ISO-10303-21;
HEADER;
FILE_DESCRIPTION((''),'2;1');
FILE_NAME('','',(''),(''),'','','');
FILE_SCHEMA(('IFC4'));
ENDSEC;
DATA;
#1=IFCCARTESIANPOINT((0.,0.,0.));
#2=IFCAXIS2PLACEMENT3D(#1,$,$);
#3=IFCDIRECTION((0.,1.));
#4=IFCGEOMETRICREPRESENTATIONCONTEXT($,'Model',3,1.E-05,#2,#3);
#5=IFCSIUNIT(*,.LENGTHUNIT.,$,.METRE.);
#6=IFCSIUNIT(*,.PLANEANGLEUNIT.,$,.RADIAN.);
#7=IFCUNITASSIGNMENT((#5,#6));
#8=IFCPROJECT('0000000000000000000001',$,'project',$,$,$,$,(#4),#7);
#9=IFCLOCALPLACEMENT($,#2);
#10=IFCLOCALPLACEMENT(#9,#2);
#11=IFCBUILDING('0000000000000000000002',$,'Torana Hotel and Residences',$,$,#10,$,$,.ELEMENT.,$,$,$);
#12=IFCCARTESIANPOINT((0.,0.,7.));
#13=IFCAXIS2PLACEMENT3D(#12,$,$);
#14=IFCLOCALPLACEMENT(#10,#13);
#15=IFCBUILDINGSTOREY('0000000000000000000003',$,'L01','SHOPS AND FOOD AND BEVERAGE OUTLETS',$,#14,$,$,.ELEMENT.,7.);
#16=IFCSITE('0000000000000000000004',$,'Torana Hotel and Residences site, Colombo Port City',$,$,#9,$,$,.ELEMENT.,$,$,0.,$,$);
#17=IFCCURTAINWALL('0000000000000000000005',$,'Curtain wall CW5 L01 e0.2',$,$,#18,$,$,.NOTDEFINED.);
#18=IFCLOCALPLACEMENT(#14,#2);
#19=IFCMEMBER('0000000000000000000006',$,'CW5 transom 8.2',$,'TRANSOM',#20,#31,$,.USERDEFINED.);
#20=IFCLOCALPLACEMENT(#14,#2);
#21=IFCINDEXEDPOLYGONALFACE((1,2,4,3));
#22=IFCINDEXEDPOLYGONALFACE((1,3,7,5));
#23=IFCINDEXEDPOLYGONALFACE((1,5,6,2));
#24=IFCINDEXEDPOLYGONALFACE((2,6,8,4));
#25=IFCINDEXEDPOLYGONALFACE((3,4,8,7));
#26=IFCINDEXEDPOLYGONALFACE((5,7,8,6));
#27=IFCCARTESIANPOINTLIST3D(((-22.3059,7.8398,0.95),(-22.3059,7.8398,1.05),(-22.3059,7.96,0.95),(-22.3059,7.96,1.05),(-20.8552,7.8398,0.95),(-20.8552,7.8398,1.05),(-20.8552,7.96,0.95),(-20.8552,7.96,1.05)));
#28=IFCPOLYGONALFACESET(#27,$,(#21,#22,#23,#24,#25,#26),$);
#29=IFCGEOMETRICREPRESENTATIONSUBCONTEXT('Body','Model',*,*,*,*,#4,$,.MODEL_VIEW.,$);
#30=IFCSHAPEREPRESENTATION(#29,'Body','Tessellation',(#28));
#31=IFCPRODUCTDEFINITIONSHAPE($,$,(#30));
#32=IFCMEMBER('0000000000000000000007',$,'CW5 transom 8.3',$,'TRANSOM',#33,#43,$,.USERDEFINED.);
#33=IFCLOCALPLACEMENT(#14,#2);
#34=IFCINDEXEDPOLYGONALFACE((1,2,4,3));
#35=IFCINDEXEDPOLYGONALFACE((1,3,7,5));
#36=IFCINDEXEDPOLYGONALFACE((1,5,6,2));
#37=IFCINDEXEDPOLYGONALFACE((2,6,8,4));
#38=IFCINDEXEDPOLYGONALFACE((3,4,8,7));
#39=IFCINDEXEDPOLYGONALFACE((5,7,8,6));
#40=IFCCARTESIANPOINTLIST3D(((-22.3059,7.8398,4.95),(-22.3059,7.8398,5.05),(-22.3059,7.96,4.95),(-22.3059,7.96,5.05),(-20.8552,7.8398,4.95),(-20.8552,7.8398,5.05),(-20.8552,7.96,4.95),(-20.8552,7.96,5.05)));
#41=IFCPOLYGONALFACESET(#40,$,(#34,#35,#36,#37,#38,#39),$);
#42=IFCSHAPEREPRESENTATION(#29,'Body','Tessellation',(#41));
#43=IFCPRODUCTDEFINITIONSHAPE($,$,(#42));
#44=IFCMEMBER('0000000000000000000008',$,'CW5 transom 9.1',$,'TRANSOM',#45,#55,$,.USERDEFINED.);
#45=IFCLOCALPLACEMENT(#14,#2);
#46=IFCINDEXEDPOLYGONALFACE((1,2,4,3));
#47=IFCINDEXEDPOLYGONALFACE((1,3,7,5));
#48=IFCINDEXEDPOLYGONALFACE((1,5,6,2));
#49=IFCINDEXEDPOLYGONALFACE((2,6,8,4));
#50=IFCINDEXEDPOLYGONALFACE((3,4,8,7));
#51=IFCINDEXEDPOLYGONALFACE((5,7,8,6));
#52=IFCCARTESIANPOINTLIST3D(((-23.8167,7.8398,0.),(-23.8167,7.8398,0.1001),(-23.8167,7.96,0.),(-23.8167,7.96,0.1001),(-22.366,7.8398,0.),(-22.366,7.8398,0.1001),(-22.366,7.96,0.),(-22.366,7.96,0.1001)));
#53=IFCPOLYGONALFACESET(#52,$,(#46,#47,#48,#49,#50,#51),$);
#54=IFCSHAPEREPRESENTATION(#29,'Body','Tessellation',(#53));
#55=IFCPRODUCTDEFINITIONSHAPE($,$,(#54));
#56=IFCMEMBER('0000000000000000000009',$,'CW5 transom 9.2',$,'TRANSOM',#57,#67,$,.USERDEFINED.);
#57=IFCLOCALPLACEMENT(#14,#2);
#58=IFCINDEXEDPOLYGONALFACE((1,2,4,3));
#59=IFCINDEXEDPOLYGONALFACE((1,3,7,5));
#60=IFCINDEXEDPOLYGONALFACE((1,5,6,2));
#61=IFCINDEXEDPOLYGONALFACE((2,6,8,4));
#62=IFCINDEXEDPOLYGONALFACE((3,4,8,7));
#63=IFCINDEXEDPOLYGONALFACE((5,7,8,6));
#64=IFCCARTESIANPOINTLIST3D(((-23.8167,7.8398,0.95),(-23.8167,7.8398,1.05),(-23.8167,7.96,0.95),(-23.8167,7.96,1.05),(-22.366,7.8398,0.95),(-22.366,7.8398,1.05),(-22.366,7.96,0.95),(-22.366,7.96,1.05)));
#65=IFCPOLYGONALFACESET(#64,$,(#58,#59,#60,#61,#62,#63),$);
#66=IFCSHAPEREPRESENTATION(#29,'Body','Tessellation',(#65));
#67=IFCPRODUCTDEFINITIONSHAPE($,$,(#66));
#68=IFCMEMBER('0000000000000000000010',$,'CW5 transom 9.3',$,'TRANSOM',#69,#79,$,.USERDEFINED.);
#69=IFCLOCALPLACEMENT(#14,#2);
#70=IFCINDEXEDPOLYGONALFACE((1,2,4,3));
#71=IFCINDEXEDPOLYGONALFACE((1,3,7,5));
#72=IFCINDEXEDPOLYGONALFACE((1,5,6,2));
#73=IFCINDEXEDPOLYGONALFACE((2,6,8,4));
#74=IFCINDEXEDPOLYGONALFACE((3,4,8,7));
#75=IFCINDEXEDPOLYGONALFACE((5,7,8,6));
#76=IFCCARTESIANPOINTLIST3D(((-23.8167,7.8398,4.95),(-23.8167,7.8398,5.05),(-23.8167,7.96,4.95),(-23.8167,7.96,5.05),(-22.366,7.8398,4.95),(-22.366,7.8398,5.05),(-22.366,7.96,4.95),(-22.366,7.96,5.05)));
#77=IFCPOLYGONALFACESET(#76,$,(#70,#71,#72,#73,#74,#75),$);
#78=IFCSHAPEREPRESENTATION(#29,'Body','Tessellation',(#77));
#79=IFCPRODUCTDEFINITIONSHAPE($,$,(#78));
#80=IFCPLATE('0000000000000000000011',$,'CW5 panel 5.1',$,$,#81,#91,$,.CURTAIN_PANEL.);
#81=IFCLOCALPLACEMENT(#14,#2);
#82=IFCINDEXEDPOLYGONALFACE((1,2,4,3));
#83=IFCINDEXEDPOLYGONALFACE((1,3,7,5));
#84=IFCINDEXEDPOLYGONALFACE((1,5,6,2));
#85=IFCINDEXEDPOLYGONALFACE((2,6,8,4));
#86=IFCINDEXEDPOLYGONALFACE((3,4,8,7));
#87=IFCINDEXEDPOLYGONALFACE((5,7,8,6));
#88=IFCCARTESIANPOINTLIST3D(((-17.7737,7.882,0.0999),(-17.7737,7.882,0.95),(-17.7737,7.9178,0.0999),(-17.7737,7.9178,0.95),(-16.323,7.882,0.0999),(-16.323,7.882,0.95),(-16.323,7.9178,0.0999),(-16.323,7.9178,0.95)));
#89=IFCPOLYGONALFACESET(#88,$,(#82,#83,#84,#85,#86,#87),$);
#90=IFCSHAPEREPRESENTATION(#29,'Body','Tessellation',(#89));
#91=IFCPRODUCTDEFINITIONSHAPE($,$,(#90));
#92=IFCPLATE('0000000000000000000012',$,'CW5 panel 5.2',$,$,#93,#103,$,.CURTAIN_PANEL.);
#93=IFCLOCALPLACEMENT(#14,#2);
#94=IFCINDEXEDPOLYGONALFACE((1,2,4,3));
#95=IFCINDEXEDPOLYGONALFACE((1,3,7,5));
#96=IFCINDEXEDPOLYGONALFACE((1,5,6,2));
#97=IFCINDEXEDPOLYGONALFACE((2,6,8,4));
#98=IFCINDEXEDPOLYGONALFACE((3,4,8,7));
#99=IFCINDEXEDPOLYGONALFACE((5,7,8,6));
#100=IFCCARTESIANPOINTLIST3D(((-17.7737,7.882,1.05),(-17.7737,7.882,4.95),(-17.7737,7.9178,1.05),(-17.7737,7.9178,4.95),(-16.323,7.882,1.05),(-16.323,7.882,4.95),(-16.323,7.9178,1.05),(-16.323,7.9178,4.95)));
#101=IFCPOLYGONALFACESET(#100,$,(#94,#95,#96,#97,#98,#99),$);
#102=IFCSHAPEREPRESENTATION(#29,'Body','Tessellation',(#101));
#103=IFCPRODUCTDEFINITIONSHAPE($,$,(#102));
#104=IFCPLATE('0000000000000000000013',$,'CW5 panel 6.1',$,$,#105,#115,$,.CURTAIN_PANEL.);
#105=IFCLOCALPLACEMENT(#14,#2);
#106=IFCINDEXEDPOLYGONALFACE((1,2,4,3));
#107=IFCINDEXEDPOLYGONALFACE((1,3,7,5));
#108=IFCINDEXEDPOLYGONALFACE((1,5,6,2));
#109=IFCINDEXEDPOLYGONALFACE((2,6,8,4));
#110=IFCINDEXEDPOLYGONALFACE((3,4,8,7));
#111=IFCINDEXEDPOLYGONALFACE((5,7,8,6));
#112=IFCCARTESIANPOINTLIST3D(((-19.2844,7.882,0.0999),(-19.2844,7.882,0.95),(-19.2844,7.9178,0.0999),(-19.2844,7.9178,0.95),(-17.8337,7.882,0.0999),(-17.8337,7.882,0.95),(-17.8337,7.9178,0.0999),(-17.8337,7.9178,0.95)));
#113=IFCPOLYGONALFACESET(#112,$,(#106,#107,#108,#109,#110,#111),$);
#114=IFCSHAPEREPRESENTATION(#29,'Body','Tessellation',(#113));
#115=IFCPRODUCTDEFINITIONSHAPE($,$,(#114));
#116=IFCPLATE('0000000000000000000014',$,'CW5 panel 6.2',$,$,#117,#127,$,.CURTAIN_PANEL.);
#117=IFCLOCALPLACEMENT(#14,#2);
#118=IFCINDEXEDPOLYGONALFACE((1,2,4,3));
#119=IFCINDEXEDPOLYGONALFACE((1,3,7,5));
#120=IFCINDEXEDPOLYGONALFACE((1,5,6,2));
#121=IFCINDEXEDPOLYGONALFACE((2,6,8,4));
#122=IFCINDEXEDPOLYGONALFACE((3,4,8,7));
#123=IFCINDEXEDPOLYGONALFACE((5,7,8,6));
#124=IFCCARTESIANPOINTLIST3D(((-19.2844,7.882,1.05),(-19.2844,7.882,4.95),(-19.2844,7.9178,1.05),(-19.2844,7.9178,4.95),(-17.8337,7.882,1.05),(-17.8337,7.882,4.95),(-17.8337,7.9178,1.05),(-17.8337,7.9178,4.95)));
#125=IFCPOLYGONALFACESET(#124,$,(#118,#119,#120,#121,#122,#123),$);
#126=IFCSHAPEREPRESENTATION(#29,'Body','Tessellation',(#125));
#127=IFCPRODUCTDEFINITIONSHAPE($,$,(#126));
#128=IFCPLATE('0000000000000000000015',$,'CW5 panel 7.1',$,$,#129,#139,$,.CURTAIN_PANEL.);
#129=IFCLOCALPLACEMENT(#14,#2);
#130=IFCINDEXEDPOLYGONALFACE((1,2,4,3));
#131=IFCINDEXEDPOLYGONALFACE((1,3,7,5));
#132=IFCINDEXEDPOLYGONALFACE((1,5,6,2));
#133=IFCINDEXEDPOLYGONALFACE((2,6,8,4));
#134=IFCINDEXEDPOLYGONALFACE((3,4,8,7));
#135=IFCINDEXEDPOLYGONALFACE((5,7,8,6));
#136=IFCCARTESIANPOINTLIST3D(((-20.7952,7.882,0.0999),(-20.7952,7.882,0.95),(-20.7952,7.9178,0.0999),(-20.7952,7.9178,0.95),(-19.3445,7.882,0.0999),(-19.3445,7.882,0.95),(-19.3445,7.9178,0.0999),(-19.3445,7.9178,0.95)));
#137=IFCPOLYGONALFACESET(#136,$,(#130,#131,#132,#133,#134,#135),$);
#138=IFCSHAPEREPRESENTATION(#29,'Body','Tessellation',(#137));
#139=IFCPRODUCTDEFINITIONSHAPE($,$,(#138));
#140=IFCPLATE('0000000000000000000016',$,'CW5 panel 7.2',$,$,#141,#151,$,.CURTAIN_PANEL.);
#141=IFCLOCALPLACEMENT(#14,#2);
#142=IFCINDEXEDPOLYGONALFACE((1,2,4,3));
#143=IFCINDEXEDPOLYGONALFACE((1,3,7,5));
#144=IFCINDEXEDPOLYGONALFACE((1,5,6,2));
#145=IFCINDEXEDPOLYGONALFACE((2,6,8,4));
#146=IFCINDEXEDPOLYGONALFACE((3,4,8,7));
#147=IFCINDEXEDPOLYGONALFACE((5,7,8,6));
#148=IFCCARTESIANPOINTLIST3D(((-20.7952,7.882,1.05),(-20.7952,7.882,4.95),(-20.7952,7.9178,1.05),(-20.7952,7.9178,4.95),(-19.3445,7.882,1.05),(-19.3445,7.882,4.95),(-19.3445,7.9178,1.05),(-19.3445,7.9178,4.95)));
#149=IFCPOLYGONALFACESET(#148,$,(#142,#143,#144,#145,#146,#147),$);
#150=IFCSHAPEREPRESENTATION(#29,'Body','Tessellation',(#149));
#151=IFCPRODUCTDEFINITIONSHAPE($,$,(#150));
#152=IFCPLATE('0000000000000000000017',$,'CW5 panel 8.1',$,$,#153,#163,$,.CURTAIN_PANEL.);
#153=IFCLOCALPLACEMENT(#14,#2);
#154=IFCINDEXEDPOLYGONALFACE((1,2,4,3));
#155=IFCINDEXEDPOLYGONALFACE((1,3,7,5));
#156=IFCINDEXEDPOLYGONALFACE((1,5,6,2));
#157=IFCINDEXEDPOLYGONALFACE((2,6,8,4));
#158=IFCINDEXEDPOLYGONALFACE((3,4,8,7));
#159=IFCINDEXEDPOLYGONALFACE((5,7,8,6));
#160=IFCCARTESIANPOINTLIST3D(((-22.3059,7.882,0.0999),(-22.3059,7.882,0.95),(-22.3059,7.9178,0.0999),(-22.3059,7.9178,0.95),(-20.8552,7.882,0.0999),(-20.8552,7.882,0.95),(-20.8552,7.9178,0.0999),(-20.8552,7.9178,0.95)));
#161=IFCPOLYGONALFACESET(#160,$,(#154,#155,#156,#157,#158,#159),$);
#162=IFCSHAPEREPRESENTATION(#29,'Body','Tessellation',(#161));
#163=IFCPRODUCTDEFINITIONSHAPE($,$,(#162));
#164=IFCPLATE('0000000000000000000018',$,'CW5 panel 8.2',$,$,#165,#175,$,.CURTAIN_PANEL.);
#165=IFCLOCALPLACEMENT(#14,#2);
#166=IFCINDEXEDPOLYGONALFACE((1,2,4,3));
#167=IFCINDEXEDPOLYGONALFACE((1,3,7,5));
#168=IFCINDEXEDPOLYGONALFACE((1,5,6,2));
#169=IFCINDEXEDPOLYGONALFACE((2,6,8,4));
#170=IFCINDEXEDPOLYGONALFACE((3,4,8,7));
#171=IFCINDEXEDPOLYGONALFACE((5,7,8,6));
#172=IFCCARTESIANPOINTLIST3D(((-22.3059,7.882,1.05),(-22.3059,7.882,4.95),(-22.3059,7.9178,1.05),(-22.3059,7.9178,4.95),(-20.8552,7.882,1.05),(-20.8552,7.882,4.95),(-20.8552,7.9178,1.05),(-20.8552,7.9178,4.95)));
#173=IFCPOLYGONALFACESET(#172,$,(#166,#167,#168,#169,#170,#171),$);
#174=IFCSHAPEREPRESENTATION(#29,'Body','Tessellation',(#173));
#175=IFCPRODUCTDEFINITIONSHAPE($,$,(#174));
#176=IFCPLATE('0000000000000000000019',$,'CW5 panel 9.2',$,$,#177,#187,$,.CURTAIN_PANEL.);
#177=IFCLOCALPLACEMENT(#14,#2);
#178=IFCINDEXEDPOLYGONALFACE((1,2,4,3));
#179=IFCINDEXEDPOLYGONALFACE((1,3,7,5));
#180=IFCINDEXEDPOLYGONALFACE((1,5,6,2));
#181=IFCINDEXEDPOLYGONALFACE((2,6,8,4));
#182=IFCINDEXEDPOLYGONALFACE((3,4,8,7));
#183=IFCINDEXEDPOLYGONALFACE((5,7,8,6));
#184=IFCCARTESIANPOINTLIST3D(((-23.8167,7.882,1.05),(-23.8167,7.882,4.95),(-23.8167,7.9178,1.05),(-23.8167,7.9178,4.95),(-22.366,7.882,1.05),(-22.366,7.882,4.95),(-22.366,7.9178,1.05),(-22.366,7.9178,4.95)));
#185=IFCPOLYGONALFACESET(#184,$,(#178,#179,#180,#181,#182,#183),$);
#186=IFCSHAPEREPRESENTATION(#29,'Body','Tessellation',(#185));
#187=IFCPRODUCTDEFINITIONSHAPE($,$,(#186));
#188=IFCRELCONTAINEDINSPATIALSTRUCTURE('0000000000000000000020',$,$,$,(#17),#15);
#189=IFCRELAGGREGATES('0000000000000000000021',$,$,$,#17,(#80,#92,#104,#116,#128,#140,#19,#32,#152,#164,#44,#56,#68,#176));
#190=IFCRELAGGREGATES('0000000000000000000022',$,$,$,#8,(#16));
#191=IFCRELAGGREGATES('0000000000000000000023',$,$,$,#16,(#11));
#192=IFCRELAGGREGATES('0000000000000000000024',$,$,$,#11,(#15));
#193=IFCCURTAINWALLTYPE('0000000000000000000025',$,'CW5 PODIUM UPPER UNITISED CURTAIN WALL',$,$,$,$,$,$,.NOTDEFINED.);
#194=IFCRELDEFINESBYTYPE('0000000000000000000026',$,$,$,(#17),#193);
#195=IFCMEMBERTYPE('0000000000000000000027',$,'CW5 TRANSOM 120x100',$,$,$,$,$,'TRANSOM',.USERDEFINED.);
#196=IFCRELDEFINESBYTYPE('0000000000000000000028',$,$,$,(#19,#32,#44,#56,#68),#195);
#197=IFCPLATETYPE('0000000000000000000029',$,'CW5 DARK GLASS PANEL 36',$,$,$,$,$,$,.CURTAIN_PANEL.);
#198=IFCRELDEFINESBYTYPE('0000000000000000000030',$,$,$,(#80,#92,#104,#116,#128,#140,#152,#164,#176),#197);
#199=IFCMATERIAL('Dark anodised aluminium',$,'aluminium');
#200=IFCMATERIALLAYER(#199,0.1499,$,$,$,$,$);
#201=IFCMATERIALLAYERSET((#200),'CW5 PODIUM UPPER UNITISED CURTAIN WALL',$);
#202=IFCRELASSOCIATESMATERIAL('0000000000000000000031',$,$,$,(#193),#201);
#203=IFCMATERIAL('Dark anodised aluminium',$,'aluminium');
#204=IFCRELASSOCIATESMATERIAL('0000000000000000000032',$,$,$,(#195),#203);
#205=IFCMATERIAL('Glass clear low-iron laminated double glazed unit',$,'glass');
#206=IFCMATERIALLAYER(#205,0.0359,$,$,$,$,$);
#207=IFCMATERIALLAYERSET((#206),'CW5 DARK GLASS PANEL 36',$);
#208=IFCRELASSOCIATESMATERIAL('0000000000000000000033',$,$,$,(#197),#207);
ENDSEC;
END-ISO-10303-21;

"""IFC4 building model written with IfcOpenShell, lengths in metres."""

from ifc_helpers import new_model, si_unit, direction, frame, origin, origin_2d, place, context, subcontext, project, spatial, rectangle, extrude, material, layer, layer_set, material_profile, profile_set, type_object, element, aggregate, save


model = new_model("IFC4")

# Units and contexts
model_context = context("Model", 3, precision=1e-05, world=origin(), true_north=direction((0.0, 1.0)))
body_context = subcontext(model_context, "Body", "Model", "MODEL_VIEW")
ifc_project = project(units=[si_unit("LENGTHUNIT", "METRE"), si_unit("PLANEANGLEUNIT", "RADIAN")], contexts=[model_context])

# Site, building, storey
site_placement = place(None, origin())
site = spatial("IfcSite", under=ifc_project, at=site_placement, Name="Torana Hotel and Residences site, Colombo Port City", CompositionType="ELEMENT", RefElevation=0.0)
building_placement = place(site_placement, origin())
building = spatial("IfcBuilding", under=site, at=building_placement, Name="Torana Hotel and Residences", CompositionType="ELEMENT")
storey_placement = place(building_placement, frame((0.0, 0.0, 7.0)))
storey = spatial("IfcBuildingStorey", under=building, at=storey_placement, Name="L01", Description="SHOPS AND FOOD AND BEVERAGE OUTLETS", CompositionType="ELEMENT", Elevation=7.0)

# Curtain wall, members, plates
ifc_material_1 = material(Name="Dark anodised aluminium", Category="aluminium")
ifc_layer_1 = layer(ifc_material_1, 0.1499)
ifc_layer_set_1 = layer_set([ifc_layer_1], Name="CW5 PODIUM UPPER UNITISED CURTAIN WALL")
curtain_wall_type = type_object("IfcCurtainWallType", Name="CW5 PODIUM UPPER UNITISED CURTAIN WALL", PredefinedType="NOTDEFINED", material=ifc_layer_set_1)
curtain_wall_placement = place(storey_placement, origin())
curtain_wall = element("IfcCurtainWall", 1, at=curtain_wall_placement, inside=storey, type_object=curtain_wall_type, Name="Curtain wall CW5 L01 e0.2", PredefinedType="NOTDEFINED")
ifc_material_2 = material(Name="Dark anodised aluminium", Category="aluminium")
ifc_material_profile_1 = material_profile(ifc_material_2, rectangle(XDim=0.1201, YDim=0.1001, at=origin_2d()), Name="CW5 TRANSOM 120x100")
ifc_profile_set_1 = profile_set([ifc_material_profile_1], Name="Dark anodised aluminium")
member_type_1 = type_object("IfcMemberType", Name="CW5 TRANSOM 120x100", ElementType="TRANSOM", PredefinedType="USERDEFINED", material=ifc_profile_set_1)
member_1_placement = place(storey_placement, frame((-20.8552, 7.8999, 1.0), z_axis=(-1.0, 0.0, 0.0), x_axis=(0.0, -1.0, 0.0)))
member_1 = element("IfcMember", 2, at=member_1_placement, type_object=member_type_1, Name="CW5 transom 8.2", ObjectType="TRANSOM", PredefinedType="USERDEFINED", context=body_context, shape_type="SweptSolid", body=[
    extrude(rectangle(XDim=0.1201, YDim=0.1001, at=origin_2d()), origin(), (0.0, 0.0, 1.0), 1.4507),
])
member_2_placement = place(storey_placement, frame((-20.8552, 7.8999, 5.0), z_axis=(-1.0, 0.0, 0.0), x_axis=(0.0, -1.0, 0.0)))
member_2 = element("IfcMember", 3, at=member_2_placement, type_object=member_type_1, Name="CW5 transom 8.3", ObjectType="TRANSOM", PredefinedType="USERDEFINED", context=body_context, shape_type="SweptSolid", body=[
    extrude(rectangle(XDim=0.1201, YDim=0.1001, at=origin_2d()), origin(), (0.0, 0.0, 1.0), 1.4507),
])
member_3_placement = place(storey_placement, frame((-22.366, 7.8999, 0.05), z_axis=(-1.0, 0.0, 0.0), x_axis=(0.0, -1.0, 0.0)))
member_3 = element("IfcMember", 4, at=member_3_placement, type_object=member_type_1, Name="CW5 transom 9.1", ObjectType="TRANSOM", PredefinedType="USERDEFINED", context=body_context, shape_type="SweptSolid", body=[
    extrude(rectangle(XDim=0.1201, YDim=0.1001, at=origin_2d()), origin(), (0.0, 0.0, 1.0), 1.4507),
])
member_4_placement = place(storey_placement, frame((-22.366, 7.8999, 1.0), z_axis=(-1.0, 0.0, 0.0), x_axis=(0.0, -1.0, 0.0)))
member_4 = element("IfcMember", 5, at=member_4_placement, type_object=member_type_1, Name="CW5 transom 9.2", ObjectType="TRANSOM", PredefinedType="USERDEFINED", context=body_context, shape_type="SweptSolid", body=[
    extrude(rectangle(XDim=0.1201, YDim=0.1001, at=origin_2d()), origin(), (0.0, 0.0, 1.0), 1.4507),
])
member_5_placement = place(storey_placement, frame((-22.366, 7.8999, 5.0), z_axis=(-1.0, 0.0, 0.0), x_axis=(0.0, -1.0, 0.0)))
member_5 = element("IfcMember", 6, at=member_5_placement, type_object=member_type_1, Name="CW5 transom 9.3", ObjectType="TRANSOM", PredefinedType="USERDEFINED", context=body_context, shape_type="SweptSolid", body=[
    extrude(rectangle(XDim=0.1201, YDim=0.1001, at=origin_2d()), origin(), (0.0, 0.0, 1.0), 1.4507),
])
ifc_material_3 = material(Name="Glass clear low-iron laminated double glazed unit", Category="glass")
ifc_layer_2 = layer(ifc_material_3, 0.0359)
ifc_layer_set_2 = layer_set([ifc_layer_2], Name="CW5 DARK GLASS PANEL 36")
plate_type = type_object("IfcPlateType", Name="CW5 DARK GLASS PANEL 36", PredefinedType="CURTAIN_PANEL", material=ifc_layer_set_2)
plate_1_placement = place(storey_placement, frame((-17.0483, 7.8999, 0.0999), z_axis=(0.0, 0.0, 1.0), x_axis=(-1.0, 0.0, 0.0)))
plate_1 = element("IfcPlate", 7, at=plate_1_placement, type_object=plate_type, Name="CW5 panel 5.1", PredefinedType="CURTAIN_PANEL", context=body_context, shape_type="SweptSolid", body=[
    extrude(rectangle(XDim=1.4507, YDim=0.0359, at=origin_2d()), origin(), (0.0, 0.0, 1.0), 0.8501),
])
plate_2_placement = place(storey_placement, frame((-17.0483, 7.8999, 1.05), z_axis=(0.0, 0.0, 1.0), x_axis=(-1.0, 0.0, 0.0)))
plate_2 = element("IfcPlate", 8, at=plate_2_placement, type_object=plate_type, Name="CW5 panel 5.2", PredefinedType="CURTAIN_PANEL", context=body_context, shape_type="SweptSolid", body=[
    extrude(rectangle(XDim=1.4507, YDim=0.0359, at=origin_2d()), origin(), (0.0, 0.0, 1.0), 3.8999),
])
plate_3_placement = place(storey_placement, frame((-18.5591, 7.8999, 0.0999), z_axis=(0.0, 0.0, 1.0), x_axis=(-1.0, 0.0, 0.0)))
plate_3 = element("IfcPlate", 9, at=plate_3_placement, type_object=plate_type, Name="CW5 panel 6.1", PredefinedType="CURTAIN_PANEL", context=body_context, shape_type="SweptSolid", body=[
    extrude(rectangle(XDim=1.4507, YDim=0.0359, at=origin_2d()), origin(), (0.0, 0.0, 1.0), 0.8501),
])
plate_4_placement = place(storey_placement, frame((-18.5591, 7.8999, 1.05), z_axis=(0.0, 0.0, 1.0), x_axis=(-1.0, 0.0, 0.0)))
plate_4 = element("IfcPlate", 10, at=plate_4_placement, type_object=plate_type, Name="CW5 panel 6.2", PredefinedType="CURTAIN_PANEL", context=body_context, shape_type="SweptSolid", body=[
    extrude(rectangle(XDim=1.4507, YDim=0.0359, at=origin_2d()), origin(), (0.0, 0.0, 1.0), 3.8999),
])
plate_5_placement = place(storey_placement, frame((-20.0698, 7.8999, 0.0999), z_axis=(0.0, 0.0, 1.0), x_axis=(-1.0, 0.0, 0.0)))
plate_5 = element("IfcPlate", 11, at=plate_5_placement, type_object=plate_type, Name="CW5 panel 7.1", PredefinedType="CURTAIN_PANEL", context=body_context, shape_type="SweptSolid", body=[
    extrude(rectangle(XDim=1.4507, YDim=0.0359, at=origin_2d()), origin(), (0.0, 0.0, 1.0), 0.8501),
])
plate_6_placement = place(storey_placement, frame((-20.0698, 7.8999, 1.05), z_axis=(0.0, 0.0, 1.0), x_axis=(-1.0, 0.0, 0.0)))
plate_6 = element("IfcPlate", 12, at=plate_6_placement, type_object=plate_type, Name="CW5 panel 7.2", PredefinedType="CURTAIN_PANEL", context=body_context, shape_type="SweptSolid", body=[
    extrude(rectangle(XDim=1.4507, YDim=0.0359, at=origin_2d()), origin(), (0.0, 0.0, 1.0), 3.8999),
])
plate_7_placement = place(storey_placement, frame((-21.5806, 7.8999, 0.0999), z_axis=(0.0, 0.0, 1.0), x_axis=(-1.0, 0.0, 0.0)))
plate_7 = element("IfcPlate", 13, at=plate_7_placement, type_object=plate_type, Name="CW5 panel 8.1", PredefinedType="CURTAIN_PANEL", context=body_context, shape_type="SweptSolid", body=[
    extrude(rectangle(XDim=1.4507, YDim=0.0359, at=origin_2d()), origin(), (0.0, 0.0, 1.0), 0.8501),
])
plate_8_placement = place(storey_placement, frame((-21.5806, 7.8999, 1.05), z_axis=(0.0, 0.0, 1.0), x_axis=(-1.0, 0.0, 0.0)))
plate_8 = element("IfcPlate", 14, at=plate_8_placement, type_object=plate_type, Name="CW5 panel 8.2", PredefinedType="CURTAIN_PANEL", context=body_context, shape_type="SweptSolid", body=[
    extrude(rectangle(XDim=1.4507, YDim=0.0359, at=origin_2d()), origin(), (0.0, 0.0, 1.0), 3.8999),
])
plate_9_placement = place(storey_placement, frame((-23.0913, 7.8999, 1.05), z_axis=(0.0, 0.0, 1.0), x_axis=(-1.0, 0.0, 0.0)))
plate_9 = element("IfcPlate", 15, at=plate_9_placement, type_object=plate_type, Name="CW5 panel 9.2", PredefinedType="CURTAIN_PANEL", context=body_context, shape_type="SweptSolid", body=[
    extrude(rectangle(XDim=1.4507, YDim=0.0359, at=origin_2d()), origin(), (0.0, 0.0, 1.0), 3.8999),
])
aggregate(curtain_wall, [plate_1, plate_2, plate_3, plate_4, plate_5, plate_6, member_1, member_2, plate_7, plate_8, member_3, member_4, member_5, plate_9])

save(model, "model.ifc")
